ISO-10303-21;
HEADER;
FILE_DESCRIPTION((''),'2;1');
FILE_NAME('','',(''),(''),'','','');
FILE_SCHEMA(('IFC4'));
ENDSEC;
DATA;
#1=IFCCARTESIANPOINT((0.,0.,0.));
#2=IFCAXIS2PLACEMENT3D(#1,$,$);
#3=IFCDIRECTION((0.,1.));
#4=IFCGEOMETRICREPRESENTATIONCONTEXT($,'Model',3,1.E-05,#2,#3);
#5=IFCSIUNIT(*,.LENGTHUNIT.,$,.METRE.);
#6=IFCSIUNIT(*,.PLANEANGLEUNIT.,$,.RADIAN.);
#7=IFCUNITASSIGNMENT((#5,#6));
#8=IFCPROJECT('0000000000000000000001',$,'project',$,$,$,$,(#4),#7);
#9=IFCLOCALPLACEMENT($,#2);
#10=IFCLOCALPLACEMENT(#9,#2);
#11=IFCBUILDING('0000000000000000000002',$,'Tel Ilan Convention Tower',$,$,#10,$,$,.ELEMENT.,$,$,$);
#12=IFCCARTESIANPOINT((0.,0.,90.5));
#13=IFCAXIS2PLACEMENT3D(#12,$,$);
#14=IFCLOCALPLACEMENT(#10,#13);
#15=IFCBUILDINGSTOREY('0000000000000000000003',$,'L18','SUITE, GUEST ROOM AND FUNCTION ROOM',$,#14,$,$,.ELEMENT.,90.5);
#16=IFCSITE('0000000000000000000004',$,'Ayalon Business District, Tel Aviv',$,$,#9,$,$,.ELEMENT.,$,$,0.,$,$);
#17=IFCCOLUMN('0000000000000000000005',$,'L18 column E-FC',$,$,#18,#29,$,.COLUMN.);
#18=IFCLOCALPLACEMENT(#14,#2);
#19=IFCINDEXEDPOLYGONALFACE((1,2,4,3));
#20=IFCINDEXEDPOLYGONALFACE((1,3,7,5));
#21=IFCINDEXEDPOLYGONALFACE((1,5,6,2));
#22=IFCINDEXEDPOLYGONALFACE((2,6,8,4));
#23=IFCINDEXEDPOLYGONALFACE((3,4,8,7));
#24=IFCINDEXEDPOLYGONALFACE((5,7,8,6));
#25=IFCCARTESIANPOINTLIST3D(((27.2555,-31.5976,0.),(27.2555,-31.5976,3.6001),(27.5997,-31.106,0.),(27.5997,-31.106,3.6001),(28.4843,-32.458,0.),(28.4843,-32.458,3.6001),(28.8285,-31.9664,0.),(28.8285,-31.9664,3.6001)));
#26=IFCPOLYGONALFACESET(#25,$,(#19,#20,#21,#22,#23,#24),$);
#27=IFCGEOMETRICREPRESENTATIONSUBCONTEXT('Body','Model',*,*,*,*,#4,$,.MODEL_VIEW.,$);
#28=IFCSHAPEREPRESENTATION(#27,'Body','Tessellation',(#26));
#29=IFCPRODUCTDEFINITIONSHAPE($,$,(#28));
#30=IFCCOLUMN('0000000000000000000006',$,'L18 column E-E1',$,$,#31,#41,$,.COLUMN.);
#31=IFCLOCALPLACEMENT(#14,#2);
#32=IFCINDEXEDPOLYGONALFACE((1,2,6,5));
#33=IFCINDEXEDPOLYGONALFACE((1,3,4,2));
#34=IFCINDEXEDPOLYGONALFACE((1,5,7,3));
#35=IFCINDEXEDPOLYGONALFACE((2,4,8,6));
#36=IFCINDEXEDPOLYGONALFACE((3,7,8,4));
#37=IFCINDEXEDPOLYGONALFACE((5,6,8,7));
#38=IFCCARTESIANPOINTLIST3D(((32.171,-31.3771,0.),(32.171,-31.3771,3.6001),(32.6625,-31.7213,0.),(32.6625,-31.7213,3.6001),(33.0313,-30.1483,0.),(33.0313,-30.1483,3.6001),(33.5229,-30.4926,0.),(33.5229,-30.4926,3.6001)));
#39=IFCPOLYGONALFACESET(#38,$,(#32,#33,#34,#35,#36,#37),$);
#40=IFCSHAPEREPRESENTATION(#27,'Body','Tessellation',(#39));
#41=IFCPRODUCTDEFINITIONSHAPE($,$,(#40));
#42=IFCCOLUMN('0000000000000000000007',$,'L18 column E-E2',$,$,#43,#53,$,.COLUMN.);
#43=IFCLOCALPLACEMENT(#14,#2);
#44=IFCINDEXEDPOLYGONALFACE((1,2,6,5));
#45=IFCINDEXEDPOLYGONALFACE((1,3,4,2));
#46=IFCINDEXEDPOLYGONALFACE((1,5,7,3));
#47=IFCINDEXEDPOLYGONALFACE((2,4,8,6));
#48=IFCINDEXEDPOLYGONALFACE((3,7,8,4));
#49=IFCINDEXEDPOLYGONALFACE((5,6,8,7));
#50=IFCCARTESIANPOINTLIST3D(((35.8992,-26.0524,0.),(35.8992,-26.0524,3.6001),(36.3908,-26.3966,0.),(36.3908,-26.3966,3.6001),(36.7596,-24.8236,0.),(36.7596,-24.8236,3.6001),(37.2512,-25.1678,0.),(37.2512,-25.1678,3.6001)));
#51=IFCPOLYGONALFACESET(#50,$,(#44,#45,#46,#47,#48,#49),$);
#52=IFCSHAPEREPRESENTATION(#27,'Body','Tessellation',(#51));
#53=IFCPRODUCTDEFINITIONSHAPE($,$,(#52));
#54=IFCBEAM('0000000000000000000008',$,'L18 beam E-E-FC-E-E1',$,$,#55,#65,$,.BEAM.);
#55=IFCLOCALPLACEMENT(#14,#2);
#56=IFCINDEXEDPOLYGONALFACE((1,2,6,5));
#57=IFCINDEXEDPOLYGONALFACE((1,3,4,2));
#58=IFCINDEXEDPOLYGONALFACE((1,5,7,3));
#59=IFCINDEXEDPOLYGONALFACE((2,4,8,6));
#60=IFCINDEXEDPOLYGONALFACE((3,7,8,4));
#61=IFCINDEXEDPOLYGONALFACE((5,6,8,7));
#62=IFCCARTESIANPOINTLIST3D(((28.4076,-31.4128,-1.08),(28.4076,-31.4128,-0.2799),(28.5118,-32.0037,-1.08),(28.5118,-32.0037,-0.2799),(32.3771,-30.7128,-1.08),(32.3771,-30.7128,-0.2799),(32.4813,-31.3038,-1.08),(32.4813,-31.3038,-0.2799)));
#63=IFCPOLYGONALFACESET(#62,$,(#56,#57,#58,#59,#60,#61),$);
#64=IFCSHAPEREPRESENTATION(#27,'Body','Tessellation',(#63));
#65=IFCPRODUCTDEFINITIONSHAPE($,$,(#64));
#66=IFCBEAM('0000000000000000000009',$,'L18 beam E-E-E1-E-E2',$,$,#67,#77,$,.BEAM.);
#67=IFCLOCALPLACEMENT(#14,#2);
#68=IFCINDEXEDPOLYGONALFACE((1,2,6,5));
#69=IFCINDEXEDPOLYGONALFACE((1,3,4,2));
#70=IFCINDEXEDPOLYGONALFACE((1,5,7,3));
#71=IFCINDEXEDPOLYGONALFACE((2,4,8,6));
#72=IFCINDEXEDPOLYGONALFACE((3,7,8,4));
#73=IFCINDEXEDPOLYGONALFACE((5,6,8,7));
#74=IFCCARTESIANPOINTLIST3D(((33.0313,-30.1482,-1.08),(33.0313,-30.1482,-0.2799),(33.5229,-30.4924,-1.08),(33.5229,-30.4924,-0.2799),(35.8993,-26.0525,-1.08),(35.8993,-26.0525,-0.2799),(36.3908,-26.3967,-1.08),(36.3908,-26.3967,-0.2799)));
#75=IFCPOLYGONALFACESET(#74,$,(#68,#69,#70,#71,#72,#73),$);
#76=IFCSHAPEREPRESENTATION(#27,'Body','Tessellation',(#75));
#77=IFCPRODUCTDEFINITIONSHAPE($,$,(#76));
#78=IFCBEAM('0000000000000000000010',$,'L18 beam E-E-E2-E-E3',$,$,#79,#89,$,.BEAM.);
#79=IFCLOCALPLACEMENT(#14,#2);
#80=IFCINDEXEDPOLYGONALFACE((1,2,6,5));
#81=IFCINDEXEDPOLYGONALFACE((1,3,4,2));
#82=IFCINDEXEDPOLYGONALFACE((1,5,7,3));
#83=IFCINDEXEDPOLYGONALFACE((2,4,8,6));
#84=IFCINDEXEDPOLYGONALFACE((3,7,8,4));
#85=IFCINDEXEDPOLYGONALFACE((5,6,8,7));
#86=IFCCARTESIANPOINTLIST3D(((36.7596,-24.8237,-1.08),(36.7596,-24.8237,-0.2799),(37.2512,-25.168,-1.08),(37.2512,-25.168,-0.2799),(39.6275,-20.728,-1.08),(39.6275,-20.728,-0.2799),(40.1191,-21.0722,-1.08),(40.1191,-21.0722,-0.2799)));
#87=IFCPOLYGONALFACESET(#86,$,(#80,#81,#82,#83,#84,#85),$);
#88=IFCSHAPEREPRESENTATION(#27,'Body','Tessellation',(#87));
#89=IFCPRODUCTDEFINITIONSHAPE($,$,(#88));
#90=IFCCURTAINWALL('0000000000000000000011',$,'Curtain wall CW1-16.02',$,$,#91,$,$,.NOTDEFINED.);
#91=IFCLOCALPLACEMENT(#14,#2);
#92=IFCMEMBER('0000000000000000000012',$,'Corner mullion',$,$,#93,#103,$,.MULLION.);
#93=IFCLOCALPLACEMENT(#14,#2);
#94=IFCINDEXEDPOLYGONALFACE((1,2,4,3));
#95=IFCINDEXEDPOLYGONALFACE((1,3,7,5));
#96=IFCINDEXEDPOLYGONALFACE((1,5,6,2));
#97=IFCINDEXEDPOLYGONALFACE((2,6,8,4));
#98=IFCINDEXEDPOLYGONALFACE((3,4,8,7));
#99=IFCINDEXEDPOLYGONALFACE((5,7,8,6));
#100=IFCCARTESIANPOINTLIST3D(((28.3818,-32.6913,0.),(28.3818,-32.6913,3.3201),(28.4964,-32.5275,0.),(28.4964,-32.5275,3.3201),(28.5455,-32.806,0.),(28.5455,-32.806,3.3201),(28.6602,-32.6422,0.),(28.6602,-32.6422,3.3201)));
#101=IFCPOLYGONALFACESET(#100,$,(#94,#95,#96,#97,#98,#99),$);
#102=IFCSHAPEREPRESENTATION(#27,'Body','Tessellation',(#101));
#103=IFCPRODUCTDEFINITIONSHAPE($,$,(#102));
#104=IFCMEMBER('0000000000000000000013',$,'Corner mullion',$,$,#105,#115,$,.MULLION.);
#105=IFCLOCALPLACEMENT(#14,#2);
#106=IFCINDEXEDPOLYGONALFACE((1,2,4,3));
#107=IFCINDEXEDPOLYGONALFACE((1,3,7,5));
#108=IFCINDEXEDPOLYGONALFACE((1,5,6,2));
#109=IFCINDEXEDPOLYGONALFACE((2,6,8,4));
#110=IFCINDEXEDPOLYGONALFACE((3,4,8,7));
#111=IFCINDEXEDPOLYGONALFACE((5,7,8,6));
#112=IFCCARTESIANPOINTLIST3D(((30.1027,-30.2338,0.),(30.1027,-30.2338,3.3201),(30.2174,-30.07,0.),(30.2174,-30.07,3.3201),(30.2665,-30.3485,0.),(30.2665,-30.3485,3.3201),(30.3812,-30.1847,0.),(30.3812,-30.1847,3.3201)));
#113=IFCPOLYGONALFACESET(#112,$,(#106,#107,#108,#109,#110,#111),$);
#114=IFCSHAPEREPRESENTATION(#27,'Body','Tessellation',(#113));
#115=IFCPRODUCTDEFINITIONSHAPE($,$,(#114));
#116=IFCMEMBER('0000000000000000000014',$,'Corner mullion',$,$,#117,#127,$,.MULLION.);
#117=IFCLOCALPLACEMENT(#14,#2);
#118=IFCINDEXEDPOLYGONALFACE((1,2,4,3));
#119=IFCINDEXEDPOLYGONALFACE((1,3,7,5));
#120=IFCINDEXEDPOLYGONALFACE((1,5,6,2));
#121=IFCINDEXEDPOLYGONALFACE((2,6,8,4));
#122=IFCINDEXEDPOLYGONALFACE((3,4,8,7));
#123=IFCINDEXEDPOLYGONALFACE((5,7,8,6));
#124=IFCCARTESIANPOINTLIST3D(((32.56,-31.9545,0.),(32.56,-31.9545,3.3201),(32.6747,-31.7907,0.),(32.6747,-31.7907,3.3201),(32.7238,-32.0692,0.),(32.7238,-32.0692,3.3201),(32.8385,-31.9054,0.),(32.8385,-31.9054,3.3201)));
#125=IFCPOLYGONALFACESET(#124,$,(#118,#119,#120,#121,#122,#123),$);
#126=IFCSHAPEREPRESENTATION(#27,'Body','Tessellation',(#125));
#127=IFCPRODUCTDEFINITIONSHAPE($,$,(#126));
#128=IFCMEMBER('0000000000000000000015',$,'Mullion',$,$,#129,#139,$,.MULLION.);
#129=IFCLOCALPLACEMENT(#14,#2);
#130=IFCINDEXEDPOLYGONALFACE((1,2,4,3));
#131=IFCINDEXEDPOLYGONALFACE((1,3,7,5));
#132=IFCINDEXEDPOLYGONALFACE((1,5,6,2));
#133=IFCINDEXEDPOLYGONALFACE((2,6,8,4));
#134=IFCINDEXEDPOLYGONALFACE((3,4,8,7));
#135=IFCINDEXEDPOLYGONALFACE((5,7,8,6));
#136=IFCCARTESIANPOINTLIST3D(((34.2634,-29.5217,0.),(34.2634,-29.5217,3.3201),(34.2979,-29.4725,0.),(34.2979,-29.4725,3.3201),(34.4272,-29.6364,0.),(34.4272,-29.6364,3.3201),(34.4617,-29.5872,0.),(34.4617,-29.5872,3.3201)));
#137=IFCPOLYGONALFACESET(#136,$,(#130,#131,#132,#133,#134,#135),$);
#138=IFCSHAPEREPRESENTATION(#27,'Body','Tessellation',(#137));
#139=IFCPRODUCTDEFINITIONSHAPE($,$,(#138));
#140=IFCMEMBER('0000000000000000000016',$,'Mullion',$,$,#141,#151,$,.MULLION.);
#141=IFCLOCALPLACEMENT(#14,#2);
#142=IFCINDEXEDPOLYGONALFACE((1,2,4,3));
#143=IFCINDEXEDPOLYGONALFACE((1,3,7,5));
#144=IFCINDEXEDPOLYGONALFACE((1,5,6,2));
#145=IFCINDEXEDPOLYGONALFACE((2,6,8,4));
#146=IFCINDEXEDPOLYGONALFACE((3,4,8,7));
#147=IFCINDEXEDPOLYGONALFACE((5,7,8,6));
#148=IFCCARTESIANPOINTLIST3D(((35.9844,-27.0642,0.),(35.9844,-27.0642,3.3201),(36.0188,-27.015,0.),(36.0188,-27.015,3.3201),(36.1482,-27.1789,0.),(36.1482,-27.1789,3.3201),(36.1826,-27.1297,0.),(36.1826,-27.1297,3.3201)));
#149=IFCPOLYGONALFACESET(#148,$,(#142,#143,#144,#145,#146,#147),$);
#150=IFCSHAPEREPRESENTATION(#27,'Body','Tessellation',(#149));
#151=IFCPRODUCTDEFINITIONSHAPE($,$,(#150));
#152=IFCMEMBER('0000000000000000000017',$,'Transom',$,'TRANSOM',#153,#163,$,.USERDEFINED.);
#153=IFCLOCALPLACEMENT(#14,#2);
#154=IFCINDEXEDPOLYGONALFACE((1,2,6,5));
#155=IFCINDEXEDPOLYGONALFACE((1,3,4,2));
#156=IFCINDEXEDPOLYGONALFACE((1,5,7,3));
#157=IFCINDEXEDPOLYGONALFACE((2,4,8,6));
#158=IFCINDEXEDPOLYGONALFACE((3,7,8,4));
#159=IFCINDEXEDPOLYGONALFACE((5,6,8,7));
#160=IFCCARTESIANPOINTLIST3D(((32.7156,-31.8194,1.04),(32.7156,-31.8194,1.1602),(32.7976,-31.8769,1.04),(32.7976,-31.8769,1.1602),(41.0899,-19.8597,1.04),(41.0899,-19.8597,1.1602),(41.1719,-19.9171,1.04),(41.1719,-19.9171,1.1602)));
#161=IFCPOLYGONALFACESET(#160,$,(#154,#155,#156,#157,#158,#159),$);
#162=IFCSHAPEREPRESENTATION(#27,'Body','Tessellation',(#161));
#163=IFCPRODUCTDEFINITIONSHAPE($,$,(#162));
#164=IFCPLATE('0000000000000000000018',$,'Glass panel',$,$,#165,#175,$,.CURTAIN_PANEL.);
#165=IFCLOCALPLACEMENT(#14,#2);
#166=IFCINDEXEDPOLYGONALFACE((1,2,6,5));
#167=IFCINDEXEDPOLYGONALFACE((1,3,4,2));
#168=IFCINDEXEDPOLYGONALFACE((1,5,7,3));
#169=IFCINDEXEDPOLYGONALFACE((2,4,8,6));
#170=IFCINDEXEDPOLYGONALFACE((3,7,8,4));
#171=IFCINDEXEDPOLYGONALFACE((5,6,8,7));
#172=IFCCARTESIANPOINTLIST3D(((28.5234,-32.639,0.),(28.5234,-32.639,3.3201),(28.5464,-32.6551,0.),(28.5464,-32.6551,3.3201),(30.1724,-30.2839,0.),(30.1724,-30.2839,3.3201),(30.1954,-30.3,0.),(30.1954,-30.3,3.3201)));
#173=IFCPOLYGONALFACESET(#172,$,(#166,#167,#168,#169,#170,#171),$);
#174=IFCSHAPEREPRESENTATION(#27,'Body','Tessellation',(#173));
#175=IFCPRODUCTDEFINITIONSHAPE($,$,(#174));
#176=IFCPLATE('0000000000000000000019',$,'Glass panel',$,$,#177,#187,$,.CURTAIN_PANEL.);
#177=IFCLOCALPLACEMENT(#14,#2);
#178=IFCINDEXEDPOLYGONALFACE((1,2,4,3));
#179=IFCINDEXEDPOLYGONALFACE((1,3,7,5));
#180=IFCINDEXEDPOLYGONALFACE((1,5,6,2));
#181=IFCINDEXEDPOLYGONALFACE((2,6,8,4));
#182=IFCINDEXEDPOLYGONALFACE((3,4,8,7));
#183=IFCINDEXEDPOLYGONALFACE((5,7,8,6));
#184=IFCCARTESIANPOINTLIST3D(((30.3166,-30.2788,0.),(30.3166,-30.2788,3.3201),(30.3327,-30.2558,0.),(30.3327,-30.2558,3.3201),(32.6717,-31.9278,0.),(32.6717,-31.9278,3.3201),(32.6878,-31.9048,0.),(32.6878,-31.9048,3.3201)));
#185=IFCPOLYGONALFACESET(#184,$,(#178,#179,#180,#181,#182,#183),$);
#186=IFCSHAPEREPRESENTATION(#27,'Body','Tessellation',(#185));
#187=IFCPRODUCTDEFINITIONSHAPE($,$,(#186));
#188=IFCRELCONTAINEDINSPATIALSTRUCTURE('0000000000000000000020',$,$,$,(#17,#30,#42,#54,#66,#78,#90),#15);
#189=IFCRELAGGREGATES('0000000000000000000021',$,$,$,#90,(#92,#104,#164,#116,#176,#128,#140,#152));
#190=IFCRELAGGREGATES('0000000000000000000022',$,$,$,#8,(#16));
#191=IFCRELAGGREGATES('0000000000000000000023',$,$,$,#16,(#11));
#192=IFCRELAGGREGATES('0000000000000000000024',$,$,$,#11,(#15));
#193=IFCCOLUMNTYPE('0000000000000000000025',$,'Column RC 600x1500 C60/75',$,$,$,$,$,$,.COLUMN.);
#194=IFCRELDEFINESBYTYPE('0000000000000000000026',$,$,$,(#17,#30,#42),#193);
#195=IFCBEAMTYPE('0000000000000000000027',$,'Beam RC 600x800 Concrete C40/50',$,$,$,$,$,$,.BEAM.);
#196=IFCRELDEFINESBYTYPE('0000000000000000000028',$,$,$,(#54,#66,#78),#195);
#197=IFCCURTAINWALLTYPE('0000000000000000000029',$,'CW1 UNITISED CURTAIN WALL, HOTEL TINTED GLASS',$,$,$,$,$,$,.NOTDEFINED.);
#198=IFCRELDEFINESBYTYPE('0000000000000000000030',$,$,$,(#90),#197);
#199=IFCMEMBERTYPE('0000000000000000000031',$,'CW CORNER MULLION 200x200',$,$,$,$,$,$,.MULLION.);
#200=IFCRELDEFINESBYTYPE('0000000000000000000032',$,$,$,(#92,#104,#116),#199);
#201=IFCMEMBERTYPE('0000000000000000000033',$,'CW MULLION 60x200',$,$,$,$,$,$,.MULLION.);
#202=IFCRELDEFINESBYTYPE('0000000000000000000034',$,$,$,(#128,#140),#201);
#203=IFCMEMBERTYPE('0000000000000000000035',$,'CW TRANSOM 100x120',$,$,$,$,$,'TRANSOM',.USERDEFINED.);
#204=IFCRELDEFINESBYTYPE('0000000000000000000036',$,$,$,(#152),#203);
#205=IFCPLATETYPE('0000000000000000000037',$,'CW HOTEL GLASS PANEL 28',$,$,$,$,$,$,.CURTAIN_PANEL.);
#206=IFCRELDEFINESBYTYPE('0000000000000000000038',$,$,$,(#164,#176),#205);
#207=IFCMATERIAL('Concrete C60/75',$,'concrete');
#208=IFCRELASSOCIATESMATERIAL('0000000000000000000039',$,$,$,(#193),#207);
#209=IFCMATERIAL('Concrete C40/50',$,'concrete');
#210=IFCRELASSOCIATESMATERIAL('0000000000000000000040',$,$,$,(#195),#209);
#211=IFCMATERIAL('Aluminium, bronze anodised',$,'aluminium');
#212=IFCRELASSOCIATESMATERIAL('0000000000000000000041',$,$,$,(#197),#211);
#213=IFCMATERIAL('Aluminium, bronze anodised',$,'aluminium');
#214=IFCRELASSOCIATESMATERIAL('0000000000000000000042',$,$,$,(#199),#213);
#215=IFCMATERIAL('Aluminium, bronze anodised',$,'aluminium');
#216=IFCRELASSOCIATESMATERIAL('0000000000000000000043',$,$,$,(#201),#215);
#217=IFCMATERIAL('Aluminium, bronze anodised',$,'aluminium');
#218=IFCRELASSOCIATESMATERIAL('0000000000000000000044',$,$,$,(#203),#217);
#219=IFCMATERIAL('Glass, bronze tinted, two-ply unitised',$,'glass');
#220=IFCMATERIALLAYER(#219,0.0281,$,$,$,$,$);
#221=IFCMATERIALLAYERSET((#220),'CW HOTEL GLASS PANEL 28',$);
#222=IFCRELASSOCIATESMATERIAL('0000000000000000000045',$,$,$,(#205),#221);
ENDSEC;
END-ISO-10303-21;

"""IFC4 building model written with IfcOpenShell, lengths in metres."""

from ifc_helpers import new_model, si_unit, direction, frame, origin, origin_2d, place, context, subcontext, project, spatial, rectangle, extrude, material, layer, layer_set, material_profile, profile_set, type_object, element, aggregate, save


model = new_model("IFC4")

# Units and contexts
model_context = context("Model", 3, precision=1e-05, world=origin(), true_north=direction((0.0, 1.0)))
body_context = subcontext(model_context, "Body", "Model", "MODEL_VIEW")
ifc_project = project(units=[si_unit("LENGTHUNIT", "METRE"), si_unit("PLANEANGLEUNIT", "RADIAN")], contexts=[model_context])

# Site, building, storey
site_placement = place(None, origin())
site = spatial("IfcSite", under=ifc_project, at=site_placement, Name="Ayalon Business District, Tel Aviv", CompositionType="ELEMENT", RefElevation=0.0)
building_placement = place(site_placement, origin())
building = spatial("IfcBuilding", under=site, at=building_placement, Name="Tel Ilan Convention Tower", CompositionType="ELEMENT")
storey_placement = place(building_placement, frame((0.0, 0.0, 90.5)))
storey = spatial("IfcBuildingStorey", under=building, at=storey_placement, Name="L18", Description="SUITE, GUEST ROOM AND FUNCTION ROOM", CompositionType="ELEMENT", Elevation=90.5)

# Columns
ifc_material_1 = material(Name="Concrete C60/75", Category="concrete")
ifc_material_profile_1 = material_profile(ifc_material_1, rectangle(XDim=1.5, YDim=0.6001, at=origin_2d()), Name="RC 600x1500")
ifc_profile_set_1 = profile_set([ifc_material_profile_1], Name="Concrete C60/75")
column_type = type_object("IfcColumnType", Name="Column RC 600x1500 C60/75", PredefinedType="COLUMN", material=ifc_profile_set_1)
for number, where, z_axis, x_axis, name in (
    (1, (28.042, -31.782, 0.0), (0.0, 0.0, 1.0), (0.819152, -0.573576, 0.0), "L18 column E-FC"),
    (2, (32.8469, -30.9348, 0.0), (0.0, 0.0, 1.0), (0.573576, 0.819152, 0.0), "L18 column E-E1"),
    (3, (36.5752, -25.6101, 0.0), (0.0, 0.0, 1.0), (0.573576, 0.819152, 0.0), "L18 column E-E2"),
):
    element("IfcColumn", number, at=place(storey_placement, frame(where, z_axis=z_axis, x_axis=x_axis)), inside=storey, type_object=column_type, Name=name, PredefinedType="COLUMN", context=body_context, shape_type="SweptSolid", body=[
        extrude(rectangle(XDim=1.5, YDim=0.6001, at=origin_2d()), origin(), (0.0, 0.0, 1.0), 3.6001),
    ])

# Beams
ifc_material_2 = material(Name="Concrete C40/50", Category="concrete")
ifc_material_profile_2 = material_profile(ifc_material_2, rectangle(XDim=0.6001, YDim=0.8, at=origin_2d()), Name="RC 600x800")
ifc_profile_set_2 = profile_set([ifc_material_profile_2], Name="Concrete C40/50")
beam_type = type_object("IfcBeamType", Name="Beam RC 600x800 Concrete C40/50", PredefinedType="BEAM", material=ifc_profile_set_2)
beam_placement = place(storey_placement, frame((28.4597, -31.7083, -0.6799), z_axis=(0.984807, 0.173654, 0.0), x_axis=(-0.173654, 0.984807, 0.0)))
element("IfcBeam", 4, at=beam_placement, inside=storey, type_object=beam_type, Name="L18 beam E-E-FC-E-E1", PredefinedType="BEAM", context=body_context, shape_type="SweptSolid", body=[
    extrude(rectangle(XDim=0.6001, YDim=0.8, at=origin_2d()), origin(), (0.0, 0.0, 1.0), 4.0308),
])
for number, where, z_axis, x_axis, name in (
    (5, (33.2771, -30.3203, -0.6799), (0.573587, 0.819145, 0.0), (-0.819145, 0.573587, 0.0), "L18 beam E-E-E1-E-E2"),
    (6, (37.0054, -24.9958, -0.6799), (0.573587, 0.819145, 0.0), (-0.819145, 0.573587, 0.0), "L18 beam E-E-E2-E-E3"),
):
    element("IfcBeam", number, at=place(storey_placement, frame(where, z_axis=z_axis, x_axis=x_axis)), inside=storey, type_object=beam_type, Name=name, PredefinedType="BEAM", context=body_context, shape_type="SweptSolid", body=[
        extrude(rectangle(XDim=0.6001, YDim=0.8, at=origin_2d()), origin(), (0.0, 0.0, 1.0), 5.0),
    ])

# Curtain wall, members, plates
ifc_material_3 = material(Name="Aluminium, bronze anodised", Category="aluminium")
curtain_wall_type = type_object("IfcCurtainWallType", Name="CW1 UNITISED CURTAIN WALL, HOTEL TINTED GLASS", PredefinedType="NOTDEFINED", material=ifc_material_3)
curtain_wall_placement = place(storey_placement, origin())
curtain_wall = element("IfcCurtainWall", 7, at=curtain_wall_placement, inside=storey, type_object=curtain_wall_type, Name="Curtain wall CW1-16.02", PredefinedType="NOTDEFINED")
ifc_material_4 = material(Name="Aluminium, bronze anodised", Category="aluminium")
ifc_material_profile_3 = material_profile(ifc_material_4, rectangle(XDim=0.2, YDim=0.2, at=origin_2d()), Name="CW CORNER MULLION 200x200")
ifc_profile_set_3 = profile_set([ifc_material_profile_3], Name="Aluminium, bronze anodised")
member_type_1 = type_object("IfcMemberType", Name="CW CORNER MULLION 200x200", PredefinedType="MULLION", material=ifc_profile_set_3)
member_1_placement = place(storey_placement, frame((28.521, -32.6667, 0.0), z_axis=(0.0, 0.0, 1.0), x_axis=(0.819152, -0.573576, 0.0)))
member_1 = element("IfcMember", 8, at=member_1_placement, type_object=member_type_1, Name="Corner mullion", PredefinedType="MULLION", context=body_context, shape_type="SweptSolid", body=[
    extrude(rectangle(XDim=0.2, YDim=0.2, at=origin_2d()), origin(), (0.0, 0.0, 1.0), 3.3201),
])
member_2_placement = place(storey_placement, frame((30.2419, -30.2092, 0.0), z_axis=(0.0, 0.0, 1.0), x_axis=(0.573576, 0.819152, 0.0)))
member_2 = element("IfcMember", 9, at=member_2_placement, type_object=member_type_1, Name="Corner mullion", PredefinedType="MULLION", context=body_context, shape_type="SweptSolid", body=[
    extrude(rectangle(XDim=0.2, YDim=0.2, at=origin_2d()), origin(), (0.0, 0.0, 1.0), 3.3201),
])
member_3_placement = place(storey_placement, frame((32.6992, -31.9299, 0.0), z_axis=(0.0, 0.0, 1.0), x_axis=(0.819152, -0.573576, 0.0)))
member_3 = element("IfcMember", 10, at=member_3_placement, type_object=member_type_1, Name="Corner mullion", PredefinedType="MULLION", context=body_context, shape_type="SweptSolid", body=[
    extrude(rectangle(XDim=0.2, YDim=0.2, at=origin_2d()), origin(), (0.0, 0.0, 1.0), 3.3201),
])
ifc_material_5 = material(Name="Aluminium, bronze anodised", Category="aluminium")
ifc_material_profile_4 = material_profile(ifc_material_5, rectangle(XDim=0.0601, YDim=0.2, at=origin_2d()), Name="CW MULLION 60x200")
ifc_profile_set_4 = profile_set([ifc_material_profile_4], Name="Aluminium, bronze anodised")
member_type_2 = type_object("IfcMemberType", Name="CW MULLION 60x200", PredefinedType="MULLION", material=ifc_profile_set_4)
member_4_placement = place(storey_placement, frame((34.3625, -29.5544, 0.0), z_axis=(0.0, 0.0, 1.0), x_axis=(0.573576, 0.819152, 0.0)))
member_4 = element("IfcMember", 11, at=member_4_placement, type_object=member_type_2, Name="Mullion", PredefinedType="MULLION", context=body_context, shape_type="SweptSolid", body=[
    extrude(rectangle(XDim=0.0601, YDim=0.2, at=origin_2d()), origin(), (0.0, 0.0, 1.0), 3.3201),
])
member_5_placement = place(storey_placement, frame((36.0835, -27.0969, 0.0), z_axis=(0.0, 0.0, 1.0), x_axis=(0.573576, 0.819152, 0.0)))
member_5 = element("IfcMember", 12, at=member_5_placement, type_object=member_type_2, Name="Mullion", PredefinedType="MULLION", context=body_context, shape_type="SweptSolid", body=[
    extrude(rectangle(XDim=0.0601, YDim=0.2, at=origin_2d()), origin(), (0.0, 0.0, 1.0), 3.3201),
])
ifc_material_6 = material(Name="Aluminium, bronze anodised", Category="aluminium")
ifc_material_profile_5 = material_profile(ifc_material_6, rectangle(XDim=0.1001, YDim=0.1201, at=origin_2d()), Name="CW TRANSOM 100x120")
ifc_profile_set_5 = profile_set([ifc_material_profile_5], Name="Aluminium, bronze anodised")
member_type_3 = type_object("IfcMemberType", Name="CW TRANSOM 100x120", ElementType="TRANSOM", PredefinedType="USERDEFINED", material=ifc_profile_set_5)
member_6_placement = place(storey_placement, frame((32.7566, -31.8481, 1.1001), z_axis=(0.573576, 0.819153, 0.0), x_axis=(-0.819153, 0.573576, 0.0)))
member_6 = element("IfcMember", 13, at=member_6_placement, type_object=member_type_3, Name="Transom", ObjectType="TRANSOM", PredefinedType="USERDEFINED", context=body_context, shape_type="SweptSolid", body=[
    extrude(rectangle(XDim=0.1001, YDim=0.1201, at=origin_2d()), origin(), (0.0, 0.0, 1.0), 14.6001),
])
ifc_material_7 = material(Name="Glass, bronze tinted, two-ply unitised", Category="glass")
ifc_layer_1 = layer(ifc_material_7, 0.0281)
ifc_layer_set_1 = layer_set([ifc_layer_1], Name="CW HOTEL GLASS PANEL 28")
plate_type = type_object("IfcPlateType", Name="CW HOTEL GLASS PANEL 28", PredefinedType="CURTAIN_PANEL", material=ifc_layer_set_1)
plate_1_placement = place(storey_placement, frame((29.3594, -31.4695, 0.0), z_axis=(0.0, 0.0, 1.0), x_axis=(0.573576, 0.819152, 0.0)))
plate_1 = element("IfcPlate", 14, at=plate_1_placement, type_object=plate_type, Name="Glass panel", PredefinedType="CURTAIN_PANEL", context=body_context, shape_type="SweptSolid", body=[
    extrude(rectangle(XDim=2.875, YDim=0.0281, at=origin_2d()), origin(), (0.0, 0.0, 1.0), 3.3201),
])
plate_2_placement = place(storey_placement, frame((31.5022, -31.0918, 0.0), z_axis=(0.0, 0.0, 1.0), x_axis=(0.819152, -0.573576, 0.0)))
plate_2 = element("IfcPlate", 15, at=plate_2_placement, type_object=plate_type, Name="Glass panel", PredefinedType="CURTAIN_PANEL", context=body_context, shape_type="SweptSolid", body=[
    extrude(rectangle(XDim=2.875, YDim=0.0281, at=origin_2d()), origin(), (0.0, 0.0, 1.0), 3.3201),
])
aggregate(curtain_wall, [member_1, member_2, plate_1, member_3, plate_2, member_4, member_5, member_6])

save(model, "model.ifc")
